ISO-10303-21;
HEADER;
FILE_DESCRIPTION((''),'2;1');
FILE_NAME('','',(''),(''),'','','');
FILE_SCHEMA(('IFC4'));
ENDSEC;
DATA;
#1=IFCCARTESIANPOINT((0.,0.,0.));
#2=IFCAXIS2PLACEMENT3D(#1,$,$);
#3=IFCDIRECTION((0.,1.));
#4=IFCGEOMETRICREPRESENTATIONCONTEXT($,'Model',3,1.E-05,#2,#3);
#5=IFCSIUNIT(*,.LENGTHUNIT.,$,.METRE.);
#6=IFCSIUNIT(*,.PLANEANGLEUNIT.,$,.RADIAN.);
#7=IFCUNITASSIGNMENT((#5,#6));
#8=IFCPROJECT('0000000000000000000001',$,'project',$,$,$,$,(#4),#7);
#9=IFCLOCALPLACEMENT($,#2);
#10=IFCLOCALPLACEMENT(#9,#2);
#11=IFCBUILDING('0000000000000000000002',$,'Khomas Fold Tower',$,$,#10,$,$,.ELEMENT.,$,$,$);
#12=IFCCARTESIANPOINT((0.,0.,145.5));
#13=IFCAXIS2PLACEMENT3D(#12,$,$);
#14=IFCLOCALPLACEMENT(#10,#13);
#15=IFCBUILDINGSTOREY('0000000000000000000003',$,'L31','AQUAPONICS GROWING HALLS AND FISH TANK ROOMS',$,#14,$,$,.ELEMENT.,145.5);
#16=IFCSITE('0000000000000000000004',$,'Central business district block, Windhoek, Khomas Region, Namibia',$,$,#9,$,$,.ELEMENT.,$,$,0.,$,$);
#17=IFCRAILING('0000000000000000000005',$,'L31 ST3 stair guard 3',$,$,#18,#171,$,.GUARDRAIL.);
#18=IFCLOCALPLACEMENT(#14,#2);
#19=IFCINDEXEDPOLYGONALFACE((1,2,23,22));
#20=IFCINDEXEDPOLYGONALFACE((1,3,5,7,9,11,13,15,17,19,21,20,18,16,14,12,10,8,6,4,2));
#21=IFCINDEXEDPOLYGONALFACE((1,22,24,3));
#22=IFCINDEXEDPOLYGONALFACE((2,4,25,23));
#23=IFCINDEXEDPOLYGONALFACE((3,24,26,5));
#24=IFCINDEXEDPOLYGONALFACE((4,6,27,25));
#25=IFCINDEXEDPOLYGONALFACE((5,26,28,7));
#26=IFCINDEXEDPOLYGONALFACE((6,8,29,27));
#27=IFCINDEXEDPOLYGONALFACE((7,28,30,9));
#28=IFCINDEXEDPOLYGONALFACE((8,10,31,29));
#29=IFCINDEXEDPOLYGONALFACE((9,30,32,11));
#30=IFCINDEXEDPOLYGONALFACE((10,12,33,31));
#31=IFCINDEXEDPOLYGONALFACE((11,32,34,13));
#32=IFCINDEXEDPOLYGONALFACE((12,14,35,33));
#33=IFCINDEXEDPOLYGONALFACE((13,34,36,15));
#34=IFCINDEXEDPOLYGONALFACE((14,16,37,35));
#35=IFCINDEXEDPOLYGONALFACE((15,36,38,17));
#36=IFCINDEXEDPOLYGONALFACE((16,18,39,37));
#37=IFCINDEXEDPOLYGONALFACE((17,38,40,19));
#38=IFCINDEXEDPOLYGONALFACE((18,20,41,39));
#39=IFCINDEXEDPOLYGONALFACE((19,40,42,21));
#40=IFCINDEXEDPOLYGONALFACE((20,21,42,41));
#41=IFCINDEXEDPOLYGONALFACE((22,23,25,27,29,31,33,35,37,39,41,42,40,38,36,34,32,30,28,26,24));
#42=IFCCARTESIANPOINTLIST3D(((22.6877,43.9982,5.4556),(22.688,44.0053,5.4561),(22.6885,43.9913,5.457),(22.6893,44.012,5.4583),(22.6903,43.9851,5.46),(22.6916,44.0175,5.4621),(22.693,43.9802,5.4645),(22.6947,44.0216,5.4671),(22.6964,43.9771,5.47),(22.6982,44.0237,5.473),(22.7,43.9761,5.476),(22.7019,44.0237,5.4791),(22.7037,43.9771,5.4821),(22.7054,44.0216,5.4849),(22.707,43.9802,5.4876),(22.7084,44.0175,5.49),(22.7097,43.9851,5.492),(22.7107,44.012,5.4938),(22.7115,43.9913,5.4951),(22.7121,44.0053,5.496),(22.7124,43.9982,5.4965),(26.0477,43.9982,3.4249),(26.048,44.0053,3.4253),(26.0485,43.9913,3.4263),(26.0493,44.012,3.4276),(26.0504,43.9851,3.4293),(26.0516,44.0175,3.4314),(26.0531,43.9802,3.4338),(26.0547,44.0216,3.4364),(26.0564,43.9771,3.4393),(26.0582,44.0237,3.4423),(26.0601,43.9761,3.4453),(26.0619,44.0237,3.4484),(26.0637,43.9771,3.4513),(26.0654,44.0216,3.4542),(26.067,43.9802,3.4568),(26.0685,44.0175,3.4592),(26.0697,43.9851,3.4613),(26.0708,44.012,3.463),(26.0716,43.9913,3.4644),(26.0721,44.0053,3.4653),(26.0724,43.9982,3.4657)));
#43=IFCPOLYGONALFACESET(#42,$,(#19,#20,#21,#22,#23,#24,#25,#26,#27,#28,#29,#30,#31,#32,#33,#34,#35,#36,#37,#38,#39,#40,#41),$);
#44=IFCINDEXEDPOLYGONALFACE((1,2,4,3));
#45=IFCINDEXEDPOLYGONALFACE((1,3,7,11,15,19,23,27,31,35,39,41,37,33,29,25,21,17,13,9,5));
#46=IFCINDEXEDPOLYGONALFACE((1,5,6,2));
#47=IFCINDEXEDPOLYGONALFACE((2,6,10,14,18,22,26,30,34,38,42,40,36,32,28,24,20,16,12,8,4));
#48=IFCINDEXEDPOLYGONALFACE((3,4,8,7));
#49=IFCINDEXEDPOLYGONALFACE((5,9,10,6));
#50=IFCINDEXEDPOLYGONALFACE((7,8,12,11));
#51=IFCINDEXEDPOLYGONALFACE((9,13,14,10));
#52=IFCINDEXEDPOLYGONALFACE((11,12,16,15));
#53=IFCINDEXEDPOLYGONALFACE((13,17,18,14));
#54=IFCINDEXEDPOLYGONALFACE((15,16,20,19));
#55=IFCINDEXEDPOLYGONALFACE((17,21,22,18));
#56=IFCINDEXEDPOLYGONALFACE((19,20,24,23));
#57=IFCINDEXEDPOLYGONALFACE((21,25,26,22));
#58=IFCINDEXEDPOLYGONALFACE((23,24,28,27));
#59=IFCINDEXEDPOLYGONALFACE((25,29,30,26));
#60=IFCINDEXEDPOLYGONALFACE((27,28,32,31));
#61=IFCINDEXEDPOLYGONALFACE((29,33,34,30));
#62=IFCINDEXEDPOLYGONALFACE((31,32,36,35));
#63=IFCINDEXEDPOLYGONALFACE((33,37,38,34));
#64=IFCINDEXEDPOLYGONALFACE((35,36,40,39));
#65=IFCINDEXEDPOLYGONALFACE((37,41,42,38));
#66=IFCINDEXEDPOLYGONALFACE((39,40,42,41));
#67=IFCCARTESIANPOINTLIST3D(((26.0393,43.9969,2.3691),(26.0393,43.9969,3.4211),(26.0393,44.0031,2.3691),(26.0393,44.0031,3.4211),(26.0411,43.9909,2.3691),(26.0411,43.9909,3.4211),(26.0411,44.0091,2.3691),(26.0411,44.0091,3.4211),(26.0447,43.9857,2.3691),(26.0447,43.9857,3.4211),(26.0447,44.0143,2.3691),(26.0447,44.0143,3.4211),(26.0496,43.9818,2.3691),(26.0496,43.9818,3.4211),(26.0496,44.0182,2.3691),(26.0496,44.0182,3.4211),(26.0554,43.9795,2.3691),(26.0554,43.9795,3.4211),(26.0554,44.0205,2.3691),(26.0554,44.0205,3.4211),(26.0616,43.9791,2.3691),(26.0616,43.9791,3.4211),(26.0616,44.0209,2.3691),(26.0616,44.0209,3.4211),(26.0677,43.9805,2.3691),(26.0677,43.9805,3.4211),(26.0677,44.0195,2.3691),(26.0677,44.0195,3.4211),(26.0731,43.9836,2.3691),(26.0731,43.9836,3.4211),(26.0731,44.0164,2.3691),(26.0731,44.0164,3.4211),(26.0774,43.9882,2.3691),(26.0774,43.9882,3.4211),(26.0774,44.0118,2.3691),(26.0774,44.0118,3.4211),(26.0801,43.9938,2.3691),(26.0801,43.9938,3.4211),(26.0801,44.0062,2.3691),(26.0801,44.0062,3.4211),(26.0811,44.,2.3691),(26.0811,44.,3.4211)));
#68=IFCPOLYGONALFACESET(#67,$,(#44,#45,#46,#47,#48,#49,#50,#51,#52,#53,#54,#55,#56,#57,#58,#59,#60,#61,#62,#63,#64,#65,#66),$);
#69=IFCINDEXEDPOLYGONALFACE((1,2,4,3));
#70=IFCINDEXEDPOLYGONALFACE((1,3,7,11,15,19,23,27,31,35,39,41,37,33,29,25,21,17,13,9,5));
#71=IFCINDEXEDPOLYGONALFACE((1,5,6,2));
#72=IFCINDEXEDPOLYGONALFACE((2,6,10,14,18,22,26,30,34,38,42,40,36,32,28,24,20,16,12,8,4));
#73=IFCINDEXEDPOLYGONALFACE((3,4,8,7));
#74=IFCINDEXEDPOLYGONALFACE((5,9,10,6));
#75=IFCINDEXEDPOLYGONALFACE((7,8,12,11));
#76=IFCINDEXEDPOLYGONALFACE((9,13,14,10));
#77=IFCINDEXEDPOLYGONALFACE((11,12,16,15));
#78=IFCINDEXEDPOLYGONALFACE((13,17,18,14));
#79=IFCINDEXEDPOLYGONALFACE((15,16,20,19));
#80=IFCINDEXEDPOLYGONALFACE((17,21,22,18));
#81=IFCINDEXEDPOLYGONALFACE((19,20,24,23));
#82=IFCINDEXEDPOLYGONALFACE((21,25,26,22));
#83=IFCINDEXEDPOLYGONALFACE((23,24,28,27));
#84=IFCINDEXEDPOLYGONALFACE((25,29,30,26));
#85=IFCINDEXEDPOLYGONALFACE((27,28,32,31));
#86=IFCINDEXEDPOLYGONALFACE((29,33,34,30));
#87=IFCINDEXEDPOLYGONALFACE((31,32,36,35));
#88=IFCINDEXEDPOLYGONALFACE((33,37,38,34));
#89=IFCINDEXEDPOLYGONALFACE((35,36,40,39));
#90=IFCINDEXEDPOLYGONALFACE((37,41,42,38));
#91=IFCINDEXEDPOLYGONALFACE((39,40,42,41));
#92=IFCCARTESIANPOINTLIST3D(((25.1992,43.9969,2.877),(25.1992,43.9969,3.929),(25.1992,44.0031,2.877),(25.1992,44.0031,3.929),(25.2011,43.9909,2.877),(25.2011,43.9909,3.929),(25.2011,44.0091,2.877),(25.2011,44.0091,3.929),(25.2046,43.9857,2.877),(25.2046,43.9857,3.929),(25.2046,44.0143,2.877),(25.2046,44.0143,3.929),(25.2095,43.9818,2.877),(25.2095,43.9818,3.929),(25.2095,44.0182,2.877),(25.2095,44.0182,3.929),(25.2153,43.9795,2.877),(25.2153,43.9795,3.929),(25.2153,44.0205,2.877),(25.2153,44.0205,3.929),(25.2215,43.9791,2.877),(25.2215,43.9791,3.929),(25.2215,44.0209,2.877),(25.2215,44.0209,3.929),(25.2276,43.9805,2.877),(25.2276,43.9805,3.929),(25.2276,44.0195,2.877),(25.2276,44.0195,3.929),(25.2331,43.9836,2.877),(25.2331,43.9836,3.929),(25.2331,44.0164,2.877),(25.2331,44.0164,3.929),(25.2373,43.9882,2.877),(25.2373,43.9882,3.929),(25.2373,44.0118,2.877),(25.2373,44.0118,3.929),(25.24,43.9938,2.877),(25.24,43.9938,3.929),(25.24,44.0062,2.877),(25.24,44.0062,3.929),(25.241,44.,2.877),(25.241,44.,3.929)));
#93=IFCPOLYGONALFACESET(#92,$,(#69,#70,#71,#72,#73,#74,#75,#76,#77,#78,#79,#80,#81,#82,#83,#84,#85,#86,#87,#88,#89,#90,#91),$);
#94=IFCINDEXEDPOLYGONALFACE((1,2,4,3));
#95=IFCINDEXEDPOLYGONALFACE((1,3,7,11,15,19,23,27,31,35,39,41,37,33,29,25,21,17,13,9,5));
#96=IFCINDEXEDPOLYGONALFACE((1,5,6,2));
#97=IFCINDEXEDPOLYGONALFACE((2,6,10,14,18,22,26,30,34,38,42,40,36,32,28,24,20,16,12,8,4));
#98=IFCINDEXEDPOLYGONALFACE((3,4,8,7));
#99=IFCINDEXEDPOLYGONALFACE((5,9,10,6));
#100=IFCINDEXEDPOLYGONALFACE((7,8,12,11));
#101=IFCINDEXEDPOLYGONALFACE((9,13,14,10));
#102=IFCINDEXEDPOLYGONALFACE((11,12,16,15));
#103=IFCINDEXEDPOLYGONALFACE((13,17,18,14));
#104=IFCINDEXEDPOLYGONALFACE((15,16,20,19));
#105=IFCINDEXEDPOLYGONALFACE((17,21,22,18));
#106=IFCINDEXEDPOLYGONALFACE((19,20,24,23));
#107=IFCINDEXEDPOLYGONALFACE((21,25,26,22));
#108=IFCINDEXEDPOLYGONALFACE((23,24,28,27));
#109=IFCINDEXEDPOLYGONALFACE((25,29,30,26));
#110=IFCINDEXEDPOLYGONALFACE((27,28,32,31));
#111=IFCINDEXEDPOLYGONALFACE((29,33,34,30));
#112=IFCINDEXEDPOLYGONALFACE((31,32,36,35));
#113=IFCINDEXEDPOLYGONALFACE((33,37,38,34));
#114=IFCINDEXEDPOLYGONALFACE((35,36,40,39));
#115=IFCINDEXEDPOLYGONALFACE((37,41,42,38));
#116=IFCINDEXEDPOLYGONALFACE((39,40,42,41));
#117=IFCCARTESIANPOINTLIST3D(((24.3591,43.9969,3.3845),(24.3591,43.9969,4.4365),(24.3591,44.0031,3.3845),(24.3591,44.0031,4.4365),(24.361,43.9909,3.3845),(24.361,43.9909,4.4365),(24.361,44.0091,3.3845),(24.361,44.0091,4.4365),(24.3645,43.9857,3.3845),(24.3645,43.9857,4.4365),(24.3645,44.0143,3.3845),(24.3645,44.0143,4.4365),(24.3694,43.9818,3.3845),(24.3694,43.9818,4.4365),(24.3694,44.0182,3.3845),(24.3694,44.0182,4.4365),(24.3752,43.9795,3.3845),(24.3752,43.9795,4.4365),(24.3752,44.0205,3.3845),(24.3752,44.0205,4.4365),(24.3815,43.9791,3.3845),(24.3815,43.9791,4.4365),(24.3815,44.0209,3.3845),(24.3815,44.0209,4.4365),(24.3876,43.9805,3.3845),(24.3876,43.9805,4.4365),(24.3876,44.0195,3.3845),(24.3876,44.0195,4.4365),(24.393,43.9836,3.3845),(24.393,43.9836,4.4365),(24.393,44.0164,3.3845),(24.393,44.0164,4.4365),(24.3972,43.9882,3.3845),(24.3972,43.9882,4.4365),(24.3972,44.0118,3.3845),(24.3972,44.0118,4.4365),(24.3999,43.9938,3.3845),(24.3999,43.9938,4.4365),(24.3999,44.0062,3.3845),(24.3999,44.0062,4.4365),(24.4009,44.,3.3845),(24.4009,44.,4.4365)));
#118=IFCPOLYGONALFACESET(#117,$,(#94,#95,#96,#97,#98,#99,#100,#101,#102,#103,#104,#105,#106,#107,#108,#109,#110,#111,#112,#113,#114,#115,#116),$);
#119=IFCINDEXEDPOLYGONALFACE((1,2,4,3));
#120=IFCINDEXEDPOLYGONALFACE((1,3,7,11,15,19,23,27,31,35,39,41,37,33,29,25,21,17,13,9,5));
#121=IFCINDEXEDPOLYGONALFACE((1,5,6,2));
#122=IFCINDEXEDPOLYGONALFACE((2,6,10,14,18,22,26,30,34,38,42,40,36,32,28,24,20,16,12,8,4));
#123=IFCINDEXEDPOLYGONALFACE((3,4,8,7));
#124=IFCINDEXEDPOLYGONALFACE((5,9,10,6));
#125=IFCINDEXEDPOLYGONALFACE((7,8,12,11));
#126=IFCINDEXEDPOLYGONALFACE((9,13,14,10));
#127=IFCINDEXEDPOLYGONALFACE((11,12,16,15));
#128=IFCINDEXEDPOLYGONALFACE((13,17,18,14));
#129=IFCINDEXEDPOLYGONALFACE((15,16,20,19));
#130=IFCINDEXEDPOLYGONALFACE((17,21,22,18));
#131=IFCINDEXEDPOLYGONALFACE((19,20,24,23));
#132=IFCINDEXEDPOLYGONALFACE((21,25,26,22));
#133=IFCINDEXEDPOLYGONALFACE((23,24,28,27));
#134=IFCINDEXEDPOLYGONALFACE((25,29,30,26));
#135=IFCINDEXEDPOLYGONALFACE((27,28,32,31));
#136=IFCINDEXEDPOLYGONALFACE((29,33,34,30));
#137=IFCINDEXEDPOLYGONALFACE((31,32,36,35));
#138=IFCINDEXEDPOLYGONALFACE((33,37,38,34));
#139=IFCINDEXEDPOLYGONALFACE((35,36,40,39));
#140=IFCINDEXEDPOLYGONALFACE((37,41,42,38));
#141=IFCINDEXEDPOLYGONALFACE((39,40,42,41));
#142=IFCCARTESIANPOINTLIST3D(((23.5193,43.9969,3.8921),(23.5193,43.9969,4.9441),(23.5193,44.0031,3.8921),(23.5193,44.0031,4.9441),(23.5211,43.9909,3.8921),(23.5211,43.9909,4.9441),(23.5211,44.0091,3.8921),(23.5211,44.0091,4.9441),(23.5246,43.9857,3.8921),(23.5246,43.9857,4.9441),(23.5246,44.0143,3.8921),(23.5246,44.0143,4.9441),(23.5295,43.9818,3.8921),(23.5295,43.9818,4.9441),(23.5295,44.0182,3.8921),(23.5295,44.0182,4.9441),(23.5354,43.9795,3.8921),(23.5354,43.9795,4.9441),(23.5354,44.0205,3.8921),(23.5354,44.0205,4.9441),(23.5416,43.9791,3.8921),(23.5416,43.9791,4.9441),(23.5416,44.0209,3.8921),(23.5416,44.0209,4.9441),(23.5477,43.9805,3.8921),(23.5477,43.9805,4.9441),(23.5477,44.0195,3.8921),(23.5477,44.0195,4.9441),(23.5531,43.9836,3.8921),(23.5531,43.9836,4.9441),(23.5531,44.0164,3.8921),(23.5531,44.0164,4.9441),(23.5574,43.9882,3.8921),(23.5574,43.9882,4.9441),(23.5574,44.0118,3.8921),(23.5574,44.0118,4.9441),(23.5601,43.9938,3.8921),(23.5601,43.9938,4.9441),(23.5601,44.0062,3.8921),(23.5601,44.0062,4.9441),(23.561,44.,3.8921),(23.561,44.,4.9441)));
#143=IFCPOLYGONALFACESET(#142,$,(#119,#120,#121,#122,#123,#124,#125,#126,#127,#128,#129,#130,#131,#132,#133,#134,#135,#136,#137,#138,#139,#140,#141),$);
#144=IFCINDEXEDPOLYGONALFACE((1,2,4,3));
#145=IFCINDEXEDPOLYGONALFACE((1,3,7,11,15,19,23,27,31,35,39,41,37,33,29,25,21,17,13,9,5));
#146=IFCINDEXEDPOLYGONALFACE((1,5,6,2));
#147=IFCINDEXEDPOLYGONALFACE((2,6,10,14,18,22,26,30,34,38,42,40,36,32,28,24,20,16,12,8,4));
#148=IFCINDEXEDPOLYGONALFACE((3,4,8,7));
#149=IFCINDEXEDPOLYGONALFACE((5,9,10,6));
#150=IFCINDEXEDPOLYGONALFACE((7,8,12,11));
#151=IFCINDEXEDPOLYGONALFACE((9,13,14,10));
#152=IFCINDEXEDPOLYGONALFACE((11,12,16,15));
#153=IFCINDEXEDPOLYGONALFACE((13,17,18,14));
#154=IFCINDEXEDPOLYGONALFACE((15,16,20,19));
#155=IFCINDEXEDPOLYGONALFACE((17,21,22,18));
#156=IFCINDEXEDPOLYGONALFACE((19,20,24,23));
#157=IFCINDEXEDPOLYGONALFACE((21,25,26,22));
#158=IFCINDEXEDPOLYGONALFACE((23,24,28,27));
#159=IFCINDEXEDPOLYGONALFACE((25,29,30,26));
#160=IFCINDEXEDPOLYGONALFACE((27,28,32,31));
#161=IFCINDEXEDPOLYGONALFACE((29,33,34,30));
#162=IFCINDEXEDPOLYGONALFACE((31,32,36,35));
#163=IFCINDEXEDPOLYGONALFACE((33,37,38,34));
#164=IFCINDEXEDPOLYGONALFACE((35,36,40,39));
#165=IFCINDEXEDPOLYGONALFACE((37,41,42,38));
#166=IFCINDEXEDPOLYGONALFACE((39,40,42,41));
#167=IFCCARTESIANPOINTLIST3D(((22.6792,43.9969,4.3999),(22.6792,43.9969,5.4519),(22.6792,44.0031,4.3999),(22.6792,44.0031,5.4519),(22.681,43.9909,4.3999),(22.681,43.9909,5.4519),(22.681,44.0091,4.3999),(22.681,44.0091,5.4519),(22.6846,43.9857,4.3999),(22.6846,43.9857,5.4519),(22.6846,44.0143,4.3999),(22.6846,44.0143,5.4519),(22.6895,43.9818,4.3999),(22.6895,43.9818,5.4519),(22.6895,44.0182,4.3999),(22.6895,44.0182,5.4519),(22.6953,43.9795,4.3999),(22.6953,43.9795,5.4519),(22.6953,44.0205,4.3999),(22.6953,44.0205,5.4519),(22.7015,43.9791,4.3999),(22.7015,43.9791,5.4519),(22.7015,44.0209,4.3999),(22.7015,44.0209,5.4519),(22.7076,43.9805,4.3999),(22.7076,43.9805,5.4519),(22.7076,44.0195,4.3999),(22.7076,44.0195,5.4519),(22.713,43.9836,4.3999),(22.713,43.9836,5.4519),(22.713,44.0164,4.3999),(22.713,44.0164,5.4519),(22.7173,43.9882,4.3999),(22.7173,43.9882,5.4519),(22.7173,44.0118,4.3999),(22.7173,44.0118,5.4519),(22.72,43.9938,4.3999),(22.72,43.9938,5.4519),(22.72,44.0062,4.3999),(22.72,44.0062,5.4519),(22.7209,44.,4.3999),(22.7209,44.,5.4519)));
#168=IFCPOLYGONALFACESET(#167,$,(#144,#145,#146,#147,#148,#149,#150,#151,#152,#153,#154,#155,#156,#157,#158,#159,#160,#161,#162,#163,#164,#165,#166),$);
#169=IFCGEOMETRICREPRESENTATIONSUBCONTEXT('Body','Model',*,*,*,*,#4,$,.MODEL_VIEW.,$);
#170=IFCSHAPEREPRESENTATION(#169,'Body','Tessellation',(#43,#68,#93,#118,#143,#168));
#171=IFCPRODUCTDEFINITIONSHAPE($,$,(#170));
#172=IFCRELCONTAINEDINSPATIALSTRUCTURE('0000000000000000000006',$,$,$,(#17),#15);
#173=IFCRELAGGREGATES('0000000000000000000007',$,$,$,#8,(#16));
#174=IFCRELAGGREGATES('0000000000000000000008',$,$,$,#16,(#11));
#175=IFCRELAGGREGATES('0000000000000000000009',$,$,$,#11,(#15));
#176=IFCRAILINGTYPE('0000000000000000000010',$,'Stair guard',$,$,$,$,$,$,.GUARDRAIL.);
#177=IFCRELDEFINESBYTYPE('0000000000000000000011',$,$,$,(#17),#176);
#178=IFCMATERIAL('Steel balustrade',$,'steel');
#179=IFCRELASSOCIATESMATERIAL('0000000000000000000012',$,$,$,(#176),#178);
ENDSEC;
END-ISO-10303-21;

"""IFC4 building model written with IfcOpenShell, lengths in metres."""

from ifc_helpers import new_model, si_unit, direction, frame, origin, origin_2d, place, context, subcontext, project, spatial, circle, extrude, source, transform, mapped, material, type_object, element, save


model = new_model("IFC4")

# Units and contexts
model_context = context("Model", 3, precision=1e-05, world=origin(), true_north=direction((0.0, 1.0)))
body_context = subcontext(model_context, "Body", "Model", "MODEL_VIEW")
ifc_project = project(units=[si_unit("LENGTHUNIT", "METRE"), si_unit("PLANEANGLEUNIT", "RADIAN")], contexts=[model_context])

# Site, building, storey
site_placement = place(None, origin())
site = spatial("IfcSite", under=ifc_project, at=site_placement, Name="Central business district block, Windhoek, Khomas Region, Namibia", CompositionType="ELEMENT", RefElevation=0.0)
building_placement = place(site_placement, origin())
building = spatial("IfcBuilding", under=site, at=building_placement, Name="Khomas Fold Tower", CompositionType="ELEMENT")
storey_placement = place(building_placement, frame((0.0, 0.0, 145.5)))
storey = spatial("IfcBuildingStorey", under=building, at=storey_placement, Name="L31", Description="AQUAPONICS GROWING HALLS AND FISH TANK ROOMS", CompositionType="ELEMENT", Elevation=145.5)

# Railing
ifc_material_1 = material(Name="Steel balustrade", Category="steel")
railing_type_1 = type_object("IfcRailingType", Name="Stair guard", PredefinedType="GUARDRAIL", material=ifc_material_1)
shared_shape_1 = source(origin(), body_context, "Body", "SweptSolid", [
    extrude(circle(Radius=0.0239, at=origin_2d()), frame((0.0, 0.0, 1.0762), z_axis=(-0.855837, 0.0, 0.517246), x_axis=(0.0, -1.0, 0.0)), (0.0, 0.0, 1.0), 3.926),
    extrude(circle(Radius=0.021, at=origin_2d()), origin(), (0.0, 0.0, 1.0), 1.052),
    extrude(circle(Radius=0.021, at=origin_2d()), frame((-0.8401, 0.0, 0.5078)), (0.0, 0.0, 1.0), 1.052),
    extrude(circle(Radius=0.021, at=origin_2d()), frame((-1.6802, 0.0, 1.0154)), (0.0, 0.0, 1.0), 1.052),
    extrude(circle(Radius=0.021, at=origin_2d()), frame((-2.52, 0.0, 1.5229)), (0.0, 0.0, 1.0), 1.052),
    extrude(circle(Radius=0.021, at=origin_2d()), frame((-3.3601, 0.0, 2.0308)), (0.0, 0.0, 1.0), 1.052),
])
railing_1_placement = place(storey_placement, frame((26.0601, 44.0, 2.3691)))
element("IfcRailing", 1, at=railing_1_placement, inside=storey, type_object=railing_type_1, Name="L31 ST3 stair guard 3", PredefinedType="GUARDRAIL", context=body_context, shape_type="MappedRepresentation", body=[
    mapped(shared_shape_1, transform((0.0, 0.0, 0.0))),
])

save(model, "model.ifc")
